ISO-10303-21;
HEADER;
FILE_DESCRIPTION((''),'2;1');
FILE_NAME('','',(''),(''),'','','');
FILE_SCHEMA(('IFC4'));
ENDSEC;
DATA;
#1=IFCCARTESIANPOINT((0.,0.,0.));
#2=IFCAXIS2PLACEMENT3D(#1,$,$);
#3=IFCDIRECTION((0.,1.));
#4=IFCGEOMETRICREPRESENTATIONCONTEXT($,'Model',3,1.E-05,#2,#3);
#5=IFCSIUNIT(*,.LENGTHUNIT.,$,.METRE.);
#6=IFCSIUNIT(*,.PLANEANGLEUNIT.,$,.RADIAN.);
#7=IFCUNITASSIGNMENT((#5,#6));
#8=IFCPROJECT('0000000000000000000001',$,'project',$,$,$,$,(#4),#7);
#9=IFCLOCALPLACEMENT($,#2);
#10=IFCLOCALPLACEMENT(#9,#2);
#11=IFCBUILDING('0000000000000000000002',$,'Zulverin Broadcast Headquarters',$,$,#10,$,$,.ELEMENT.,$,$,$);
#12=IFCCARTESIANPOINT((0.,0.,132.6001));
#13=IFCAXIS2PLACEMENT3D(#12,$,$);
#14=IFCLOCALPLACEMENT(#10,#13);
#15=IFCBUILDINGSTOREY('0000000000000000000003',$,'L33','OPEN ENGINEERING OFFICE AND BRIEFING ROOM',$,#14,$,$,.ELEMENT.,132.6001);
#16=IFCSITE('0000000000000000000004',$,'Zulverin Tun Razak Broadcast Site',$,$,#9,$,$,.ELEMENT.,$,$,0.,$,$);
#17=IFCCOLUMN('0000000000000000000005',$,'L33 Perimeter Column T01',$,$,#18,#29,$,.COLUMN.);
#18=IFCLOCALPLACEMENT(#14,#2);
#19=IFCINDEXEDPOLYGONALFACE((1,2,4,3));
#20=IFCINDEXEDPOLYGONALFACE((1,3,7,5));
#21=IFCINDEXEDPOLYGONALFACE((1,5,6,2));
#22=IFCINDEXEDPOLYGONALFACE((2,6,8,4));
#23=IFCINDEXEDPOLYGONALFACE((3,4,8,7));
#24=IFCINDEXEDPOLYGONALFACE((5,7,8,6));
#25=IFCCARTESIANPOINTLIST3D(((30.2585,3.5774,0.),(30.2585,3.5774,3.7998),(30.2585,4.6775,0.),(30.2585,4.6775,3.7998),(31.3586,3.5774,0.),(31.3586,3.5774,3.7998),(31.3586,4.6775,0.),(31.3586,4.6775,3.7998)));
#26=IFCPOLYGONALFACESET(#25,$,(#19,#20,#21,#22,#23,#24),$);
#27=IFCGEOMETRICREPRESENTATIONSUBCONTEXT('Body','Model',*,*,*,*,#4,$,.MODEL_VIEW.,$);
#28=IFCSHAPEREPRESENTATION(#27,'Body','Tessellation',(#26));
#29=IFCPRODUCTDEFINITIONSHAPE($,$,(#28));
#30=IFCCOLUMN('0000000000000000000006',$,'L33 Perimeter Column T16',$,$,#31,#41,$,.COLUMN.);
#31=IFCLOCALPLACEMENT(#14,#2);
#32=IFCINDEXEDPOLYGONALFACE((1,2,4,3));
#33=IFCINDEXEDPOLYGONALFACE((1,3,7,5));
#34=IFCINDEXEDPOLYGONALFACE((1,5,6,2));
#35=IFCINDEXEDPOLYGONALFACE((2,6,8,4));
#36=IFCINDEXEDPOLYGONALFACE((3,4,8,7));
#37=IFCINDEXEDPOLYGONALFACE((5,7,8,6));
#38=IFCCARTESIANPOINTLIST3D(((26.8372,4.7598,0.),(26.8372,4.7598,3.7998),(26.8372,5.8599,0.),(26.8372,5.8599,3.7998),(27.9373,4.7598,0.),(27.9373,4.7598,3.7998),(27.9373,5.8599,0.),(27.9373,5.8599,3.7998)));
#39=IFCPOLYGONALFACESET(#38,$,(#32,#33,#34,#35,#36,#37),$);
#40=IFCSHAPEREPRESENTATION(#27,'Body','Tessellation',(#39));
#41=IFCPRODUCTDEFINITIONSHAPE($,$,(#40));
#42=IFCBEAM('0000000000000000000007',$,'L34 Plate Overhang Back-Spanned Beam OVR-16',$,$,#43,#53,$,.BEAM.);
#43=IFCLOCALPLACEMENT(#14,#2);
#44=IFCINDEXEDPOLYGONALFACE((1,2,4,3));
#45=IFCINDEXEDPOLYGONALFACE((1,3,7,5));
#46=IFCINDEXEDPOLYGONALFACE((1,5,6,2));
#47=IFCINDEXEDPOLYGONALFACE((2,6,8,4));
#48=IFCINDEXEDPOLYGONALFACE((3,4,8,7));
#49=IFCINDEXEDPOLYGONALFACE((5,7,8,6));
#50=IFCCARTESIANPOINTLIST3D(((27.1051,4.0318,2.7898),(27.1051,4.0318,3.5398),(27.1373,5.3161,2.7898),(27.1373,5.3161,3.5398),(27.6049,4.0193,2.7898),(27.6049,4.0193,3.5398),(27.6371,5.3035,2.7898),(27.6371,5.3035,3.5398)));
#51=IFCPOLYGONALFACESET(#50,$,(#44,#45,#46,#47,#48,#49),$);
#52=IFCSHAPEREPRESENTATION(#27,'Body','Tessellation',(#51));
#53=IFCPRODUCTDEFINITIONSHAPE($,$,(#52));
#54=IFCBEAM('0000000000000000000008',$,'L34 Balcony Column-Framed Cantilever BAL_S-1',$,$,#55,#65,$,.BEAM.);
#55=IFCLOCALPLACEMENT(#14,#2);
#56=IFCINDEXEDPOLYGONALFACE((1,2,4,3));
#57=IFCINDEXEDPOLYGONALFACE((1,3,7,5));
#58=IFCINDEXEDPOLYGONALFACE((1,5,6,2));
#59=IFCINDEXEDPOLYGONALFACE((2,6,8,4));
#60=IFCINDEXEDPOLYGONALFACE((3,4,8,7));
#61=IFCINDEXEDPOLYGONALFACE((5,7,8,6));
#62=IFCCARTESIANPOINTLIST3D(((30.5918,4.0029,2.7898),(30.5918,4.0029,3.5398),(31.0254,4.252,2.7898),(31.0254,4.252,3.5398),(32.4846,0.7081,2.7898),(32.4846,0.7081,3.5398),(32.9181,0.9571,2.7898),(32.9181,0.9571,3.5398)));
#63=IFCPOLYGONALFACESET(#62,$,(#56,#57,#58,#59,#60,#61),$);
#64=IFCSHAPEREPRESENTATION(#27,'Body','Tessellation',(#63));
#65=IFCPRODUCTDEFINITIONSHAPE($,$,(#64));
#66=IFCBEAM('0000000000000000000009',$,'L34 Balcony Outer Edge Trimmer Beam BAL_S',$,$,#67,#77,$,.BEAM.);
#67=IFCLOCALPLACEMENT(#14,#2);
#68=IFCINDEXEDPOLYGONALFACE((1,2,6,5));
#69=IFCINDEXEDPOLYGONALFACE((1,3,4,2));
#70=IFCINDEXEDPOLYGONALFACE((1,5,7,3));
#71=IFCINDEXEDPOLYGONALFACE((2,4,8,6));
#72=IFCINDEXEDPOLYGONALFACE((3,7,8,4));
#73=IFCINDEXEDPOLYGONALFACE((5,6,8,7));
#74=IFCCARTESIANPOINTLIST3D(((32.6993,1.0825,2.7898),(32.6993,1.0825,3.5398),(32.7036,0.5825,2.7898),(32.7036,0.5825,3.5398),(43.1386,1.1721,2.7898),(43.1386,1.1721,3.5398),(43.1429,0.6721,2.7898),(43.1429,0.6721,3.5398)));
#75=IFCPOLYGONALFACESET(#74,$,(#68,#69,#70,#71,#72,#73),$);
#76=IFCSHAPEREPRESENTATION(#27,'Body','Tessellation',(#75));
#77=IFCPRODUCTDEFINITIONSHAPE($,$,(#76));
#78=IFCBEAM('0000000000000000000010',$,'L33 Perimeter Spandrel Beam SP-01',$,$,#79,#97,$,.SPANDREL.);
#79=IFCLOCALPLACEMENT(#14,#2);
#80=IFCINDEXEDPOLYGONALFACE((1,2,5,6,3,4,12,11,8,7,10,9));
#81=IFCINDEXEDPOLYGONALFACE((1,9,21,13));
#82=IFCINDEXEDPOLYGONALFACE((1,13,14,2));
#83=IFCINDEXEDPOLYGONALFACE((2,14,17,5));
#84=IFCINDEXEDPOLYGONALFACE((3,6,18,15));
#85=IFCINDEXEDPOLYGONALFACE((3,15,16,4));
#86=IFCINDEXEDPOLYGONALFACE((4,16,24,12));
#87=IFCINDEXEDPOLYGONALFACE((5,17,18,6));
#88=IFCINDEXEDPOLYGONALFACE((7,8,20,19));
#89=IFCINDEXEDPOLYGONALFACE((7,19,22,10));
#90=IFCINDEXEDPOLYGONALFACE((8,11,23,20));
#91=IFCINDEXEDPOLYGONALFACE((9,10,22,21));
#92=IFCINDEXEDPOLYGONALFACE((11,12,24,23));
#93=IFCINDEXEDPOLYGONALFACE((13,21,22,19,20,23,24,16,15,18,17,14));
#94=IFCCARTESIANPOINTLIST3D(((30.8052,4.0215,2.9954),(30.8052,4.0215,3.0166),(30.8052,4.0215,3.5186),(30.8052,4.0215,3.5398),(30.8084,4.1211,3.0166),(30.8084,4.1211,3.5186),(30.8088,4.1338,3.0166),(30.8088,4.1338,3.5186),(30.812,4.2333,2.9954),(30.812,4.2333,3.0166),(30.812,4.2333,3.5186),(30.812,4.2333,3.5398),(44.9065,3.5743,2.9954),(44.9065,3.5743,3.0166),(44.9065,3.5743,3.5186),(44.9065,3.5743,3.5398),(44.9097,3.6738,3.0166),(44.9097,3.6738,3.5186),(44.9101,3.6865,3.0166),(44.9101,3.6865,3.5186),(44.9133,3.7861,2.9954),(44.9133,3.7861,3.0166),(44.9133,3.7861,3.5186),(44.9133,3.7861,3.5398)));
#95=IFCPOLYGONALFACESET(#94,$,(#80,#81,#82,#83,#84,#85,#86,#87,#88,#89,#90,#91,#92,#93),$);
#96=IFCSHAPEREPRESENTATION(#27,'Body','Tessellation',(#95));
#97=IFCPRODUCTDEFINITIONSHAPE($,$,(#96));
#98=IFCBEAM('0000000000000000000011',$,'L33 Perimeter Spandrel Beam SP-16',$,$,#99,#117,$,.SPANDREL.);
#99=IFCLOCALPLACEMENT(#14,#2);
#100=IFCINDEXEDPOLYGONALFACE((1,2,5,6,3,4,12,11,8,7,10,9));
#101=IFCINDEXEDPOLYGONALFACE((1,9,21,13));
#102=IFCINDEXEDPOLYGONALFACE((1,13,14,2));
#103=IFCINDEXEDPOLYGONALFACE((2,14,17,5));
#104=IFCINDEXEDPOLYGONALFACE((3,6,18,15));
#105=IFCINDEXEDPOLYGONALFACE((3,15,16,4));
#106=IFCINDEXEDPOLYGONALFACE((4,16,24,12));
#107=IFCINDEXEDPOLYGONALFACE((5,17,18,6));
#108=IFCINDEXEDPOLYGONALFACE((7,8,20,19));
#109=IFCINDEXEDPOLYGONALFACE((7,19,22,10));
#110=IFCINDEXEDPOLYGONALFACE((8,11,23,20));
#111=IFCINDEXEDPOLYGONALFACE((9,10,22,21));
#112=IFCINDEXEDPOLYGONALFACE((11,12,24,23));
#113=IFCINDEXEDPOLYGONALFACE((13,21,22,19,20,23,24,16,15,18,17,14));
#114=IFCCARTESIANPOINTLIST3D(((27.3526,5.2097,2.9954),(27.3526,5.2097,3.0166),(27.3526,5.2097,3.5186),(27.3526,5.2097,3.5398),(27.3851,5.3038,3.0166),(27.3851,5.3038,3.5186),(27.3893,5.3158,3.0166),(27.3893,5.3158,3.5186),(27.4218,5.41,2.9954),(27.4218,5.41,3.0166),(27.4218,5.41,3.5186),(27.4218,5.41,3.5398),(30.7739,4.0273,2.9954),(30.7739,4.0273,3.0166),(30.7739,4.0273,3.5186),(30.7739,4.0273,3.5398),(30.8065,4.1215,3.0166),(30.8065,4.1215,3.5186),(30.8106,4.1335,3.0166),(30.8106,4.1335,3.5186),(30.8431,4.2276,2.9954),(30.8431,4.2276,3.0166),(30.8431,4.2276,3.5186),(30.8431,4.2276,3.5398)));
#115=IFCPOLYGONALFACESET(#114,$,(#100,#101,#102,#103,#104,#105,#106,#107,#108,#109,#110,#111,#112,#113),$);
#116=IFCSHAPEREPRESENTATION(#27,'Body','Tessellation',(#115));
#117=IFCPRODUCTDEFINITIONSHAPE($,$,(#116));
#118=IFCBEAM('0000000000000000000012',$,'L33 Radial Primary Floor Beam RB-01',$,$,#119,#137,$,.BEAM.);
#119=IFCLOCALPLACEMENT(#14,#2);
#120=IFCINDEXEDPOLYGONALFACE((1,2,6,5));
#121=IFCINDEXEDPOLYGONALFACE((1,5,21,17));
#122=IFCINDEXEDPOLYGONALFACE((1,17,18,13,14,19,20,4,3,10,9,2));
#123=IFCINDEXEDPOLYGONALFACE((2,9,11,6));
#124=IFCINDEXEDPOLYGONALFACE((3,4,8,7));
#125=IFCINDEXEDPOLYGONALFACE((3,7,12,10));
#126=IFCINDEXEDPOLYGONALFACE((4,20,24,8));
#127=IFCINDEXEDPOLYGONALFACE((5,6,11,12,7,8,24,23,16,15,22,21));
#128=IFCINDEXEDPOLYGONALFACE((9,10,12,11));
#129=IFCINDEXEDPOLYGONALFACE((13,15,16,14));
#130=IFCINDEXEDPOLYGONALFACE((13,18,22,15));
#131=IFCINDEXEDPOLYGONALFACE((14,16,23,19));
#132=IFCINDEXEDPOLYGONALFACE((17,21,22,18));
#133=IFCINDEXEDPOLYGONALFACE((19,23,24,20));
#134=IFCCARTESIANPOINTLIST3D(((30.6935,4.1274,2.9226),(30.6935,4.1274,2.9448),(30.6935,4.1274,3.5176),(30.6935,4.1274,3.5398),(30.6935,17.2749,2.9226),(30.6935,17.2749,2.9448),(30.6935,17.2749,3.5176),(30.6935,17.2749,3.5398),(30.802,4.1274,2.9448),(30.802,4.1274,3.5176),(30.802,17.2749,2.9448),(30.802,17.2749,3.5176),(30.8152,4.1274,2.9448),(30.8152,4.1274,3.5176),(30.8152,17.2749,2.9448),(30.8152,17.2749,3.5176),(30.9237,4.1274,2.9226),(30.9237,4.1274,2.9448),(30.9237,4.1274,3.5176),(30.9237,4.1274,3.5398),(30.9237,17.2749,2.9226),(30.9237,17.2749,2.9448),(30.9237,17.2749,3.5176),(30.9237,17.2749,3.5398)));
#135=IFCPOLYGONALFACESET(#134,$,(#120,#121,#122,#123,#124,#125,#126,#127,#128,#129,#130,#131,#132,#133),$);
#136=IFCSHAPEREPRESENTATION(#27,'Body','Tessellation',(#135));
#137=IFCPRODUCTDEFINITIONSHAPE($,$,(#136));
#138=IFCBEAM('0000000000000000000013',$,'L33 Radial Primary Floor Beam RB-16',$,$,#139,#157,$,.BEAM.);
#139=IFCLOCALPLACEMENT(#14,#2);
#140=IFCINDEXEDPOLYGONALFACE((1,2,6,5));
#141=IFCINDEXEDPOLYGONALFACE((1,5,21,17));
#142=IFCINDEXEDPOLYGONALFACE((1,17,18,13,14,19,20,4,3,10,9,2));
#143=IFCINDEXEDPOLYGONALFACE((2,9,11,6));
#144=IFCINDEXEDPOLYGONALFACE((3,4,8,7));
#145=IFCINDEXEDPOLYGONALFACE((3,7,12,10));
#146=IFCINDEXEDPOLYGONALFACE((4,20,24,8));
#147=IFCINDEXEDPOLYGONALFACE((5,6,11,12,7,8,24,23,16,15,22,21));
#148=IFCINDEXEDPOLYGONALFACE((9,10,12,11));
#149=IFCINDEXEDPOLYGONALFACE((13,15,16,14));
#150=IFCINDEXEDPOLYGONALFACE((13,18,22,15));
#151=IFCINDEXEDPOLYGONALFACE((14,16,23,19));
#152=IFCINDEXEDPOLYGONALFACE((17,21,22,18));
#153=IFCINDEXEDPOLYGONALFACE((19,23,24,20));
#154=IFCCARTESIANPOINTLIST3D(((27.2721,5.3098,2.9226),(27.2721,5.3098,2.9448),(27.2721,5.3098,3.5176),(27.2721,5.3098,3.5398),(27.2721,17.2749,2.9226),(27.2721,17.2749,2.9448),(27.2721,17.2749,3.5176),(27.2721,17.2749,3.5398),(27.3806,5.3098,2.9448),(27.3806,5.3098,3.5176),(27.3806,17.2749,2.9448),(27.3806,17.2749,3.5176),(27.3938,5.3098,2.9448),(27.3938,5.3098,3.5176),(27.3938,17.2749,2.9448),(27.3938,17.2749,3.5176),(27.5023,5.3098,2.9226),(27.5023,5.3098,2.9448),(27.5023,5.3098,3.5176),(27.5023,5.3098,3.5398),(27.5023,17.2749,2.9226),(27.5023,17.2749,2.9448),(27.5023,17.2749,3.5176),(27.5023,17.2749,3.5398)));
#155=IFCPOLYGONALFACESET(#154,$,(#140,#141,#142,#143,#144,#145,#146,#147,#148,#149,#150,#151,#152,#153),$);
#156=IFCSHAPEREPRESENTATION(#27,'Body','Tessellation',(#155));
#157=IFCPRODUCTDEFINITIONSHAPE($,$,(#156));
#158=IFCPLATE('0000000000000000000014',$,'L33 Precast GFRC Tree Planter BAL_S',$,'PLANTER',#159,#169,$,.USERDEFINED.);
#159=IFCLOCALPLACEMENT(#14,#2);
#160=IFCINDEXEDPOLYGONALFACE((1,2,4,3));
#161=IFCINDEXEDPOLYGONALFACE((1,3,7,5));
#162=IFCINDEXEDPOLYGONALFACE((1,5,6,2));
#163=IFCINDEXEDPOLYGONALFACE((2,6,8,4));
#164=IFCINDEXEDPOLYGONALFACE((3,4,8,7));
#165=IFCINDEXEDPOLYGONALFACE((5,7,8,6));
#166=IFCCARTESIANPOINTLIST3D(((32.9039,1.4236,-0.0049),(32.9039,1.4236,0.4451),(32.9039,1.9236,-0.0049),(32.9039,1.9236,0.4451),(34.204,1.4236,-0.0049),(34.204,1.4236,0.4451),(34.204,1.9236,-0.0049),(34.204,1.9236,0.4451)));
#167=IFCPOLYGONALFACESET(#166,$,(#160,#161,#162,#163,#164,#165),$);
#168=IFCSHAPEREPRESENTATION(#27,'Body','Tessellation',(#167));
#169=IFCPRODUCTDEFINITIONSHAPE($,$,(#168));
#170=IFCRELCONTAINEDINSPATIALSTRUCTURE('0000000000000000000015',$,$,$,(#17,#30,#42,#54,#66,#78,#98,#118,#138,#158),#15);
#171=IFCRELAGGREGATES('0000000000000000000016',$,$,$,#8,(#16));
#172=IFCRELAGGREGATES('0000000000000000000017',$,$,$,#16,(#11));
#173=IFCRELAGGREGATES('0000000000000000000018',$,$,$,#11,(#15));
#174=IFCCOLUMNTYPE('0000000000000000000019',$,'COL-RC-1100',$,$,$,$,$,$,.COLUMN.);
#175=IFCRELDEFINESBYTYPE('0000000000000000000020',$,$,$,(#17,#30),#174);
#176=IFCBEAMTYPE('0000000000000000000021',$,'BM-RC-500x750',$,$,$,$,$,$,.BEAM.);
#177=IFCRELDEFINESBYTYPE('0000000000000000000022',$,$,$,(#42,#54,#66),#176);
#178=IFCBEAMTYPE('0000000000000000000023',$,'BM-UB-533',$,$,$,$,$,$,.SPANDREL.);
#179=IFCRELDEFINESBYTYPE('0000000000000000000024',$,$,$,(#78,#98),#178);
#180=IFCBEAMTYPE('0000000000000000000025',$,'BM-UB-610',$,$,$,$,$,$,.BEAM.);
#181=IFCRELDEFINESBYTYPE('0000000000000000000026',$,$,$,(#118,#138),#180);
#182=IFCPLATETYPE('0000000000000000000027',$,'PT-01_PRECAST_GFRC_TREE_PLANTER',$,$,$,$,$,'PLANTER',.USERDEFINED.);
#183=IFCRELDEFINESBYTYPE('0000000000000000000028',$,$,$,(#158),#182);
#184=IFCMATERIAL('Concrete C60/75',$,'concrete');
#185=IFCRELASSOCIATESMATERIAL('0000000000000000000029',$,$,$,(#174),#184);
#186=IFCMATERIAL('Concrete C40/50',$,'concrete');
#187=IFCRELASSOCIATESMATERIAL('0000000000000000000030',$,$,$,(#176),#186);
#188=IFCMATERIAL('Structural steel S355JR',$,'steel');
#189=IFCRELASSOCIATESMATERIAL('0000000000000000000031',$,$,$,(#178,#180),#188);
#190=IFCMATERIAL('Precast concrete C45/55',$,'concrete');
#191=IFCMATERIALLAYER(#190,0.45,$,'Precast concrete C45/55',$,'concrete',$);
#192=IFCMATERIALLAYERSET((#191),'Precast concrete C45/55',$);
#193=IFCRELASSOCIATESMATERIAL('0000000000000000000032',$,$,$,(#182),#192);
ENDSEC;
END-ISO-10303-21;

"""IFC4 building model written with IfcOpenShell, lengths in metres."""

from ifc_helpers import new_model, si_unit, direction, frame, origin, origin_2d, place, context, subcontext, project, spatial, rectangle, i_section, extrude, material, layer, layer_set, material_profile, profile_set, type_object, element, save


model = new_model("IFC4")

# Units and contexts
model_context = context("Model", 3, precision=1e-05, world=origin(), true_north=direction((0.0, 1.0)))
body_context = subcontext(model_context, "Body", "Model", "MODEL_VIEW")
ifc_project = project(units=[si_unit("LENGTHUNIT", "METRE"), si_unit("PLANEANGLEUNIT", "RADIAN")], contexts=[model_context])

# Site, building, storey
site_placement = place(None, origin())
site = spatial("IfcSite", under=ifc_project, at=site_placement, Name="Zulverin Tun Razak Broadcast Site", CompositionType="ELEMENT", RefElevation=0.0)
building_placement = place(site_placement, origin())
building = spatial("IfcBuilding", under=site, at=building_placement, Name="Zulverin Broadcast Headquarters", CompositionType="ELEMENT")
storey_placement = place(building_placement, frame((0.0, 0.0, 132.6001)))
storey = spatial("IfcBuildingStorey", under=building, at=storey_placement, Name="L33", Description="OPEN ENGINEERING OFFICE AND BRIEFING ROOM", CompositionType="ELEMENT", Elevation=132.6001)

# Columns
ifc_material_1 = material(Name="Concrete C60/75", Category="concrete")
ifc_material_profile_1 = material_profile(ifc_material_1, rectangle(XDim=1.1001, YDim=1.1001, at=origin_2d()), Name="Concrete C60/75", Category="concrete")
ifc_profile_set_1 = profile_set([ifc_material_profile_1], Name="Concrete C60/75")
column_type = type_object("IfcColumnType", Name="COL-RC-1100", PredefinedType="COLUMN", material=ifc_profile_set_1)
for number, where, z_axis, x_axis, name in (
    (1, (30.8086, 4.1274, 0.0), (0.0, 0.0, 1.0), (1.0, 0.0, 0.0), "L33 Perimeter Column T01"),
    (2, (27.3872, 5.3098, 0.0), (0.0, 0.0, 1.0), (1.0, 0.0, 0.0), "L33 Perimeter Column T16"),
):
    element("IfcColumn", number, at=place(storey_placement, frame(where, z_axis=z_axis, x_axis=x_axis)), inside=storey, type_object=column_type, Name=name, PredefinedType="COLUMN", context=body_context, shape_type="SweptSolid", body=[
        extrude(rectangle(XDim=1.1001, YDim=1.1001, at=origin_2d()), origin(), (0.0, 0.0, 1.0), 3.7998),
    ])

# Beams
ifc_material_2 = material(Name="Concrete C40/50", Category="concrete")
ifc_material_profile_2 = material_profile(ifc_material_2, rectangle(XDim=0.5, YDim=0.75, at=origin_2d()), Name="Concrete C40/50", Category="concrete")
ifc_profile_set_2 = profile_set([ifc_material_profile_2], Name="Concrete C40/50")
beam_type_1 = type_object("IfcBeamType", Name="BM-RC-500x750", PredefinedType="BEAM", material=ifc_profile_set_2)
beam_1_placement = place(storey_placement, frame((27.3872, 5.3098, 3.1648), z_axis=(-0.025087, -0.999685, 0.0), x_axis=(0.999685, -0.025087, 0.0)))
element("IfcBeam", 3, at=beam_1_placement, inside=storey, type_object=beam_type_1, Name="L34 Plate Overhang Back-Spanned Beam OVR-16", PredefinedType="BEAM", context=body_context, shape_type="SweptSolid", body=[
    extrude(rectangle(XDim=0.5, YDim=0.75, at=origin_2d()), origin(), (0.0, 0.0, 1.0), 1.2847),
])
beam_2_placement = place(storey_placement, frame((30.8086, 4.1274, 3.1648), z_axis=(0.498123, -0.867106, 0.0), x_axis=(0.867106, 0.498123, 0.0)))
element("IfcBeam", 4, at=beam_2_placement, inside=storey, type_object=beam_type_1, Name="L34 Balcony Column-Framed Cantilever BAL_S-1", PredefinedType="BEAM", context=body_context, shape_type="SweptSolid", body=[
    extrude(rectangle(XDim=0.5, YDim=0.75, at=origin_2d()), origin(), (0.0, 0.0, 1.0), 3.7998),
])
beam_3_placement = place(storey_placement, frame((32.7014, 0.8325, 3.1648), z_axis=(0.999963, 0.008583, 0.0), x_axis=(-0.008583, 0.999963, 0.0)))
element("IfcBeam", 5, at=beam_3_placement, inside=storey, type_object=beam_type_1, Name="L34 Balcony Outer Edge Trimmer Beam BAL_S", PredefinedType="BEAM", context=body_context, shape_type="SweptSolid", body=[
    extrude(rectangle(XDim=0.5, YDim=0.75, at=origin_2d()), origin(), (0.0, 0.0, 1.0), 10.4397),
])
ifc_material_3 = material(Name="Structural steel S355JR", Category="steel")
ifc_material_profile_3 = material_profile(ifc_material_3, i_section(OverallWidth=0.2119, OverallDepth=0.5444, WebThickness=0.0127, FlangeThickness=0.0212, at=origin_2d()), Name="Structural steel S355JR", Category="steel")
ifc_profile_set_3 = profile_set([ifc_material_profile_3], Name="Structural steel S355JR")
beam_type_2 = type_object("IfcBeamType", Name="BM-UB-533", PredefinedType="SPANDREL", material=ifc_profile_set_3)
beam_4_placement = place(storey_placement, frame((30.8086, 4.1274, 3.2676), z_axis=(0.999497, -0.031702, 0.0), x_axis=(0.031702, 0.999497, 0.0)))
element("IfcBeam", 6, at=beam_4_placement, inside=storey, type_object=beam_type_2, Name="L33 Perimeter Spandrel Beam SP-01", PredefinedType="SPANDREL", context=body_context, shape_type="SweptSolid", body=[
    extrude(i_section(OverallWidth=0.2119, OverallDepth=0.5444, WebThickness=0.0127, FlangeThickness=0.0212, at=origin_2d()), origin(), (0.0, 0.0, 1.0), 14.1084),
])
beam_5_placement = place(storey_placement, frame((27.3872, 5.3098, 3.2676), z_axis=(0.945153, -0.326629, 0.0), x_axis=(0.326629, 0.945153, 0.0)))
element("IfcBeam", 7, at=beam_5_placement, inside=storey, type_object=beam_type_2, Name="L33 Perimeter Spandrel Beam SP-16", PredefinedType="SPANDREL", context=body_context, shape_type="SweptSolid", body=[
    extrude(i_section(OverallWidth=0.2119, OverallDepth=0.5444, WebThickness=0.0127, FlangeThickness=0.0212, at=origin_2d()), origin(), (0.0, 0.0, 1.0), 3.6199),
])
ifc_material_profile_4 = material_profile(ifc_material_3, i_section(OverallWidth=0.2302, OverallDepth=0.6172, WebThickness=0.0132, FlangeThickness=0.0222, at=origin_2d()), Name="Structural steel S355JR", Category="steel")
ifc_profile_set_4 = profile_set([ifc_material_profile_4], Name="Structural steel S355JR")
beam_type_3 = type_object("IfcBeamType", Name="BM-UB-610", PredefinedType="BEAM", material=ifc_profile_set_4)
beam_6_placement = place(storey_placement, frame((30.8086, 17.2749, 3.2312), z_axis=(0.0, -1.0, 0.0), x_axis=(1.0, 0.0, 0.0)))
element("IfcBeam", 8, at=beam_6_placement, inside=storey, type_object=beam_type_3, Name="L33 Radial Primary Floor Beam RB-01", PredefinedType="BEAM", context=body_context, shape_type="SweptSolid", body=[
    extrude(i_section(OverallWidth=0.2302, OverallDepth=0.6172, WebThickness=0.0132, FlangeThickness=0.0222, at=origin_2d()), origin(), (0.0, 0.0, 1.0), 13.1475),
])
beam_7_placement = place(storey_placement, frame((27.3872, 17.2749, 3.2312), z_axis=(0.0, -1.0, 0.0), x_axis=(1.0, 0.0, 0.0)))
element("IfcBeam", 9, at=beam_7_placement, inside=storey, type_object=beam_type_3, Name="L33 Radial Primary Floor Beam RB-16", PredefinedType="BEAM", context=body_context, shape_type="SweptSolid", body=[
    extrude(i_section(OverallWidth=0.2302, OverallDepth=0.6172, WebThickness=0.0132, FlangeThickness=0.0222, at=origin_2d()), origin(), (0.0, 0.0, 1.0), 11.9651),
])

# Plate
ifc_material_4 = material(Name="Precast concrete C45/55", Category="concrete")
ifc_layer_1 = layer(ifc_material_4, 0.45, Name="Precast concrete C45/55", Category="concrete")
ifc_layer_set_1 = layer_set([ifc_layer_1], Name="Precast concrete C45/55")
plate_type = type_object("IfcPlateType", Name="PT-01_PRECAST_GFRC_TREE_PLANTER", ElementType="PLANTER", PredefinedType="USERDEFINED", material=ifc_layer_set_1)
plate_placement = place(storey_placement, frame((33.554, 1.6736, -0.0049), z_axis=(0.0, 0.0, 1.0), x_axis=(1.0, 0.0, 0.0)))
element("IfcPlate", 10, at=plate_placement, inside=storey, type_object=plate_type, Name="L33 Precast GFRC Tree Planter BAL_S", ObjectType="PLANTER", PredefinedType="USERDEFINED", context=body_context, shape_type="SweptSolid", body=[
    extrude(rectangle(XDim=1.3, YDim=0.5, at=origin_2d()), origin(), (0.0, 0.0, 1.0), 0.45),
])

save(model, "model.ifc")
